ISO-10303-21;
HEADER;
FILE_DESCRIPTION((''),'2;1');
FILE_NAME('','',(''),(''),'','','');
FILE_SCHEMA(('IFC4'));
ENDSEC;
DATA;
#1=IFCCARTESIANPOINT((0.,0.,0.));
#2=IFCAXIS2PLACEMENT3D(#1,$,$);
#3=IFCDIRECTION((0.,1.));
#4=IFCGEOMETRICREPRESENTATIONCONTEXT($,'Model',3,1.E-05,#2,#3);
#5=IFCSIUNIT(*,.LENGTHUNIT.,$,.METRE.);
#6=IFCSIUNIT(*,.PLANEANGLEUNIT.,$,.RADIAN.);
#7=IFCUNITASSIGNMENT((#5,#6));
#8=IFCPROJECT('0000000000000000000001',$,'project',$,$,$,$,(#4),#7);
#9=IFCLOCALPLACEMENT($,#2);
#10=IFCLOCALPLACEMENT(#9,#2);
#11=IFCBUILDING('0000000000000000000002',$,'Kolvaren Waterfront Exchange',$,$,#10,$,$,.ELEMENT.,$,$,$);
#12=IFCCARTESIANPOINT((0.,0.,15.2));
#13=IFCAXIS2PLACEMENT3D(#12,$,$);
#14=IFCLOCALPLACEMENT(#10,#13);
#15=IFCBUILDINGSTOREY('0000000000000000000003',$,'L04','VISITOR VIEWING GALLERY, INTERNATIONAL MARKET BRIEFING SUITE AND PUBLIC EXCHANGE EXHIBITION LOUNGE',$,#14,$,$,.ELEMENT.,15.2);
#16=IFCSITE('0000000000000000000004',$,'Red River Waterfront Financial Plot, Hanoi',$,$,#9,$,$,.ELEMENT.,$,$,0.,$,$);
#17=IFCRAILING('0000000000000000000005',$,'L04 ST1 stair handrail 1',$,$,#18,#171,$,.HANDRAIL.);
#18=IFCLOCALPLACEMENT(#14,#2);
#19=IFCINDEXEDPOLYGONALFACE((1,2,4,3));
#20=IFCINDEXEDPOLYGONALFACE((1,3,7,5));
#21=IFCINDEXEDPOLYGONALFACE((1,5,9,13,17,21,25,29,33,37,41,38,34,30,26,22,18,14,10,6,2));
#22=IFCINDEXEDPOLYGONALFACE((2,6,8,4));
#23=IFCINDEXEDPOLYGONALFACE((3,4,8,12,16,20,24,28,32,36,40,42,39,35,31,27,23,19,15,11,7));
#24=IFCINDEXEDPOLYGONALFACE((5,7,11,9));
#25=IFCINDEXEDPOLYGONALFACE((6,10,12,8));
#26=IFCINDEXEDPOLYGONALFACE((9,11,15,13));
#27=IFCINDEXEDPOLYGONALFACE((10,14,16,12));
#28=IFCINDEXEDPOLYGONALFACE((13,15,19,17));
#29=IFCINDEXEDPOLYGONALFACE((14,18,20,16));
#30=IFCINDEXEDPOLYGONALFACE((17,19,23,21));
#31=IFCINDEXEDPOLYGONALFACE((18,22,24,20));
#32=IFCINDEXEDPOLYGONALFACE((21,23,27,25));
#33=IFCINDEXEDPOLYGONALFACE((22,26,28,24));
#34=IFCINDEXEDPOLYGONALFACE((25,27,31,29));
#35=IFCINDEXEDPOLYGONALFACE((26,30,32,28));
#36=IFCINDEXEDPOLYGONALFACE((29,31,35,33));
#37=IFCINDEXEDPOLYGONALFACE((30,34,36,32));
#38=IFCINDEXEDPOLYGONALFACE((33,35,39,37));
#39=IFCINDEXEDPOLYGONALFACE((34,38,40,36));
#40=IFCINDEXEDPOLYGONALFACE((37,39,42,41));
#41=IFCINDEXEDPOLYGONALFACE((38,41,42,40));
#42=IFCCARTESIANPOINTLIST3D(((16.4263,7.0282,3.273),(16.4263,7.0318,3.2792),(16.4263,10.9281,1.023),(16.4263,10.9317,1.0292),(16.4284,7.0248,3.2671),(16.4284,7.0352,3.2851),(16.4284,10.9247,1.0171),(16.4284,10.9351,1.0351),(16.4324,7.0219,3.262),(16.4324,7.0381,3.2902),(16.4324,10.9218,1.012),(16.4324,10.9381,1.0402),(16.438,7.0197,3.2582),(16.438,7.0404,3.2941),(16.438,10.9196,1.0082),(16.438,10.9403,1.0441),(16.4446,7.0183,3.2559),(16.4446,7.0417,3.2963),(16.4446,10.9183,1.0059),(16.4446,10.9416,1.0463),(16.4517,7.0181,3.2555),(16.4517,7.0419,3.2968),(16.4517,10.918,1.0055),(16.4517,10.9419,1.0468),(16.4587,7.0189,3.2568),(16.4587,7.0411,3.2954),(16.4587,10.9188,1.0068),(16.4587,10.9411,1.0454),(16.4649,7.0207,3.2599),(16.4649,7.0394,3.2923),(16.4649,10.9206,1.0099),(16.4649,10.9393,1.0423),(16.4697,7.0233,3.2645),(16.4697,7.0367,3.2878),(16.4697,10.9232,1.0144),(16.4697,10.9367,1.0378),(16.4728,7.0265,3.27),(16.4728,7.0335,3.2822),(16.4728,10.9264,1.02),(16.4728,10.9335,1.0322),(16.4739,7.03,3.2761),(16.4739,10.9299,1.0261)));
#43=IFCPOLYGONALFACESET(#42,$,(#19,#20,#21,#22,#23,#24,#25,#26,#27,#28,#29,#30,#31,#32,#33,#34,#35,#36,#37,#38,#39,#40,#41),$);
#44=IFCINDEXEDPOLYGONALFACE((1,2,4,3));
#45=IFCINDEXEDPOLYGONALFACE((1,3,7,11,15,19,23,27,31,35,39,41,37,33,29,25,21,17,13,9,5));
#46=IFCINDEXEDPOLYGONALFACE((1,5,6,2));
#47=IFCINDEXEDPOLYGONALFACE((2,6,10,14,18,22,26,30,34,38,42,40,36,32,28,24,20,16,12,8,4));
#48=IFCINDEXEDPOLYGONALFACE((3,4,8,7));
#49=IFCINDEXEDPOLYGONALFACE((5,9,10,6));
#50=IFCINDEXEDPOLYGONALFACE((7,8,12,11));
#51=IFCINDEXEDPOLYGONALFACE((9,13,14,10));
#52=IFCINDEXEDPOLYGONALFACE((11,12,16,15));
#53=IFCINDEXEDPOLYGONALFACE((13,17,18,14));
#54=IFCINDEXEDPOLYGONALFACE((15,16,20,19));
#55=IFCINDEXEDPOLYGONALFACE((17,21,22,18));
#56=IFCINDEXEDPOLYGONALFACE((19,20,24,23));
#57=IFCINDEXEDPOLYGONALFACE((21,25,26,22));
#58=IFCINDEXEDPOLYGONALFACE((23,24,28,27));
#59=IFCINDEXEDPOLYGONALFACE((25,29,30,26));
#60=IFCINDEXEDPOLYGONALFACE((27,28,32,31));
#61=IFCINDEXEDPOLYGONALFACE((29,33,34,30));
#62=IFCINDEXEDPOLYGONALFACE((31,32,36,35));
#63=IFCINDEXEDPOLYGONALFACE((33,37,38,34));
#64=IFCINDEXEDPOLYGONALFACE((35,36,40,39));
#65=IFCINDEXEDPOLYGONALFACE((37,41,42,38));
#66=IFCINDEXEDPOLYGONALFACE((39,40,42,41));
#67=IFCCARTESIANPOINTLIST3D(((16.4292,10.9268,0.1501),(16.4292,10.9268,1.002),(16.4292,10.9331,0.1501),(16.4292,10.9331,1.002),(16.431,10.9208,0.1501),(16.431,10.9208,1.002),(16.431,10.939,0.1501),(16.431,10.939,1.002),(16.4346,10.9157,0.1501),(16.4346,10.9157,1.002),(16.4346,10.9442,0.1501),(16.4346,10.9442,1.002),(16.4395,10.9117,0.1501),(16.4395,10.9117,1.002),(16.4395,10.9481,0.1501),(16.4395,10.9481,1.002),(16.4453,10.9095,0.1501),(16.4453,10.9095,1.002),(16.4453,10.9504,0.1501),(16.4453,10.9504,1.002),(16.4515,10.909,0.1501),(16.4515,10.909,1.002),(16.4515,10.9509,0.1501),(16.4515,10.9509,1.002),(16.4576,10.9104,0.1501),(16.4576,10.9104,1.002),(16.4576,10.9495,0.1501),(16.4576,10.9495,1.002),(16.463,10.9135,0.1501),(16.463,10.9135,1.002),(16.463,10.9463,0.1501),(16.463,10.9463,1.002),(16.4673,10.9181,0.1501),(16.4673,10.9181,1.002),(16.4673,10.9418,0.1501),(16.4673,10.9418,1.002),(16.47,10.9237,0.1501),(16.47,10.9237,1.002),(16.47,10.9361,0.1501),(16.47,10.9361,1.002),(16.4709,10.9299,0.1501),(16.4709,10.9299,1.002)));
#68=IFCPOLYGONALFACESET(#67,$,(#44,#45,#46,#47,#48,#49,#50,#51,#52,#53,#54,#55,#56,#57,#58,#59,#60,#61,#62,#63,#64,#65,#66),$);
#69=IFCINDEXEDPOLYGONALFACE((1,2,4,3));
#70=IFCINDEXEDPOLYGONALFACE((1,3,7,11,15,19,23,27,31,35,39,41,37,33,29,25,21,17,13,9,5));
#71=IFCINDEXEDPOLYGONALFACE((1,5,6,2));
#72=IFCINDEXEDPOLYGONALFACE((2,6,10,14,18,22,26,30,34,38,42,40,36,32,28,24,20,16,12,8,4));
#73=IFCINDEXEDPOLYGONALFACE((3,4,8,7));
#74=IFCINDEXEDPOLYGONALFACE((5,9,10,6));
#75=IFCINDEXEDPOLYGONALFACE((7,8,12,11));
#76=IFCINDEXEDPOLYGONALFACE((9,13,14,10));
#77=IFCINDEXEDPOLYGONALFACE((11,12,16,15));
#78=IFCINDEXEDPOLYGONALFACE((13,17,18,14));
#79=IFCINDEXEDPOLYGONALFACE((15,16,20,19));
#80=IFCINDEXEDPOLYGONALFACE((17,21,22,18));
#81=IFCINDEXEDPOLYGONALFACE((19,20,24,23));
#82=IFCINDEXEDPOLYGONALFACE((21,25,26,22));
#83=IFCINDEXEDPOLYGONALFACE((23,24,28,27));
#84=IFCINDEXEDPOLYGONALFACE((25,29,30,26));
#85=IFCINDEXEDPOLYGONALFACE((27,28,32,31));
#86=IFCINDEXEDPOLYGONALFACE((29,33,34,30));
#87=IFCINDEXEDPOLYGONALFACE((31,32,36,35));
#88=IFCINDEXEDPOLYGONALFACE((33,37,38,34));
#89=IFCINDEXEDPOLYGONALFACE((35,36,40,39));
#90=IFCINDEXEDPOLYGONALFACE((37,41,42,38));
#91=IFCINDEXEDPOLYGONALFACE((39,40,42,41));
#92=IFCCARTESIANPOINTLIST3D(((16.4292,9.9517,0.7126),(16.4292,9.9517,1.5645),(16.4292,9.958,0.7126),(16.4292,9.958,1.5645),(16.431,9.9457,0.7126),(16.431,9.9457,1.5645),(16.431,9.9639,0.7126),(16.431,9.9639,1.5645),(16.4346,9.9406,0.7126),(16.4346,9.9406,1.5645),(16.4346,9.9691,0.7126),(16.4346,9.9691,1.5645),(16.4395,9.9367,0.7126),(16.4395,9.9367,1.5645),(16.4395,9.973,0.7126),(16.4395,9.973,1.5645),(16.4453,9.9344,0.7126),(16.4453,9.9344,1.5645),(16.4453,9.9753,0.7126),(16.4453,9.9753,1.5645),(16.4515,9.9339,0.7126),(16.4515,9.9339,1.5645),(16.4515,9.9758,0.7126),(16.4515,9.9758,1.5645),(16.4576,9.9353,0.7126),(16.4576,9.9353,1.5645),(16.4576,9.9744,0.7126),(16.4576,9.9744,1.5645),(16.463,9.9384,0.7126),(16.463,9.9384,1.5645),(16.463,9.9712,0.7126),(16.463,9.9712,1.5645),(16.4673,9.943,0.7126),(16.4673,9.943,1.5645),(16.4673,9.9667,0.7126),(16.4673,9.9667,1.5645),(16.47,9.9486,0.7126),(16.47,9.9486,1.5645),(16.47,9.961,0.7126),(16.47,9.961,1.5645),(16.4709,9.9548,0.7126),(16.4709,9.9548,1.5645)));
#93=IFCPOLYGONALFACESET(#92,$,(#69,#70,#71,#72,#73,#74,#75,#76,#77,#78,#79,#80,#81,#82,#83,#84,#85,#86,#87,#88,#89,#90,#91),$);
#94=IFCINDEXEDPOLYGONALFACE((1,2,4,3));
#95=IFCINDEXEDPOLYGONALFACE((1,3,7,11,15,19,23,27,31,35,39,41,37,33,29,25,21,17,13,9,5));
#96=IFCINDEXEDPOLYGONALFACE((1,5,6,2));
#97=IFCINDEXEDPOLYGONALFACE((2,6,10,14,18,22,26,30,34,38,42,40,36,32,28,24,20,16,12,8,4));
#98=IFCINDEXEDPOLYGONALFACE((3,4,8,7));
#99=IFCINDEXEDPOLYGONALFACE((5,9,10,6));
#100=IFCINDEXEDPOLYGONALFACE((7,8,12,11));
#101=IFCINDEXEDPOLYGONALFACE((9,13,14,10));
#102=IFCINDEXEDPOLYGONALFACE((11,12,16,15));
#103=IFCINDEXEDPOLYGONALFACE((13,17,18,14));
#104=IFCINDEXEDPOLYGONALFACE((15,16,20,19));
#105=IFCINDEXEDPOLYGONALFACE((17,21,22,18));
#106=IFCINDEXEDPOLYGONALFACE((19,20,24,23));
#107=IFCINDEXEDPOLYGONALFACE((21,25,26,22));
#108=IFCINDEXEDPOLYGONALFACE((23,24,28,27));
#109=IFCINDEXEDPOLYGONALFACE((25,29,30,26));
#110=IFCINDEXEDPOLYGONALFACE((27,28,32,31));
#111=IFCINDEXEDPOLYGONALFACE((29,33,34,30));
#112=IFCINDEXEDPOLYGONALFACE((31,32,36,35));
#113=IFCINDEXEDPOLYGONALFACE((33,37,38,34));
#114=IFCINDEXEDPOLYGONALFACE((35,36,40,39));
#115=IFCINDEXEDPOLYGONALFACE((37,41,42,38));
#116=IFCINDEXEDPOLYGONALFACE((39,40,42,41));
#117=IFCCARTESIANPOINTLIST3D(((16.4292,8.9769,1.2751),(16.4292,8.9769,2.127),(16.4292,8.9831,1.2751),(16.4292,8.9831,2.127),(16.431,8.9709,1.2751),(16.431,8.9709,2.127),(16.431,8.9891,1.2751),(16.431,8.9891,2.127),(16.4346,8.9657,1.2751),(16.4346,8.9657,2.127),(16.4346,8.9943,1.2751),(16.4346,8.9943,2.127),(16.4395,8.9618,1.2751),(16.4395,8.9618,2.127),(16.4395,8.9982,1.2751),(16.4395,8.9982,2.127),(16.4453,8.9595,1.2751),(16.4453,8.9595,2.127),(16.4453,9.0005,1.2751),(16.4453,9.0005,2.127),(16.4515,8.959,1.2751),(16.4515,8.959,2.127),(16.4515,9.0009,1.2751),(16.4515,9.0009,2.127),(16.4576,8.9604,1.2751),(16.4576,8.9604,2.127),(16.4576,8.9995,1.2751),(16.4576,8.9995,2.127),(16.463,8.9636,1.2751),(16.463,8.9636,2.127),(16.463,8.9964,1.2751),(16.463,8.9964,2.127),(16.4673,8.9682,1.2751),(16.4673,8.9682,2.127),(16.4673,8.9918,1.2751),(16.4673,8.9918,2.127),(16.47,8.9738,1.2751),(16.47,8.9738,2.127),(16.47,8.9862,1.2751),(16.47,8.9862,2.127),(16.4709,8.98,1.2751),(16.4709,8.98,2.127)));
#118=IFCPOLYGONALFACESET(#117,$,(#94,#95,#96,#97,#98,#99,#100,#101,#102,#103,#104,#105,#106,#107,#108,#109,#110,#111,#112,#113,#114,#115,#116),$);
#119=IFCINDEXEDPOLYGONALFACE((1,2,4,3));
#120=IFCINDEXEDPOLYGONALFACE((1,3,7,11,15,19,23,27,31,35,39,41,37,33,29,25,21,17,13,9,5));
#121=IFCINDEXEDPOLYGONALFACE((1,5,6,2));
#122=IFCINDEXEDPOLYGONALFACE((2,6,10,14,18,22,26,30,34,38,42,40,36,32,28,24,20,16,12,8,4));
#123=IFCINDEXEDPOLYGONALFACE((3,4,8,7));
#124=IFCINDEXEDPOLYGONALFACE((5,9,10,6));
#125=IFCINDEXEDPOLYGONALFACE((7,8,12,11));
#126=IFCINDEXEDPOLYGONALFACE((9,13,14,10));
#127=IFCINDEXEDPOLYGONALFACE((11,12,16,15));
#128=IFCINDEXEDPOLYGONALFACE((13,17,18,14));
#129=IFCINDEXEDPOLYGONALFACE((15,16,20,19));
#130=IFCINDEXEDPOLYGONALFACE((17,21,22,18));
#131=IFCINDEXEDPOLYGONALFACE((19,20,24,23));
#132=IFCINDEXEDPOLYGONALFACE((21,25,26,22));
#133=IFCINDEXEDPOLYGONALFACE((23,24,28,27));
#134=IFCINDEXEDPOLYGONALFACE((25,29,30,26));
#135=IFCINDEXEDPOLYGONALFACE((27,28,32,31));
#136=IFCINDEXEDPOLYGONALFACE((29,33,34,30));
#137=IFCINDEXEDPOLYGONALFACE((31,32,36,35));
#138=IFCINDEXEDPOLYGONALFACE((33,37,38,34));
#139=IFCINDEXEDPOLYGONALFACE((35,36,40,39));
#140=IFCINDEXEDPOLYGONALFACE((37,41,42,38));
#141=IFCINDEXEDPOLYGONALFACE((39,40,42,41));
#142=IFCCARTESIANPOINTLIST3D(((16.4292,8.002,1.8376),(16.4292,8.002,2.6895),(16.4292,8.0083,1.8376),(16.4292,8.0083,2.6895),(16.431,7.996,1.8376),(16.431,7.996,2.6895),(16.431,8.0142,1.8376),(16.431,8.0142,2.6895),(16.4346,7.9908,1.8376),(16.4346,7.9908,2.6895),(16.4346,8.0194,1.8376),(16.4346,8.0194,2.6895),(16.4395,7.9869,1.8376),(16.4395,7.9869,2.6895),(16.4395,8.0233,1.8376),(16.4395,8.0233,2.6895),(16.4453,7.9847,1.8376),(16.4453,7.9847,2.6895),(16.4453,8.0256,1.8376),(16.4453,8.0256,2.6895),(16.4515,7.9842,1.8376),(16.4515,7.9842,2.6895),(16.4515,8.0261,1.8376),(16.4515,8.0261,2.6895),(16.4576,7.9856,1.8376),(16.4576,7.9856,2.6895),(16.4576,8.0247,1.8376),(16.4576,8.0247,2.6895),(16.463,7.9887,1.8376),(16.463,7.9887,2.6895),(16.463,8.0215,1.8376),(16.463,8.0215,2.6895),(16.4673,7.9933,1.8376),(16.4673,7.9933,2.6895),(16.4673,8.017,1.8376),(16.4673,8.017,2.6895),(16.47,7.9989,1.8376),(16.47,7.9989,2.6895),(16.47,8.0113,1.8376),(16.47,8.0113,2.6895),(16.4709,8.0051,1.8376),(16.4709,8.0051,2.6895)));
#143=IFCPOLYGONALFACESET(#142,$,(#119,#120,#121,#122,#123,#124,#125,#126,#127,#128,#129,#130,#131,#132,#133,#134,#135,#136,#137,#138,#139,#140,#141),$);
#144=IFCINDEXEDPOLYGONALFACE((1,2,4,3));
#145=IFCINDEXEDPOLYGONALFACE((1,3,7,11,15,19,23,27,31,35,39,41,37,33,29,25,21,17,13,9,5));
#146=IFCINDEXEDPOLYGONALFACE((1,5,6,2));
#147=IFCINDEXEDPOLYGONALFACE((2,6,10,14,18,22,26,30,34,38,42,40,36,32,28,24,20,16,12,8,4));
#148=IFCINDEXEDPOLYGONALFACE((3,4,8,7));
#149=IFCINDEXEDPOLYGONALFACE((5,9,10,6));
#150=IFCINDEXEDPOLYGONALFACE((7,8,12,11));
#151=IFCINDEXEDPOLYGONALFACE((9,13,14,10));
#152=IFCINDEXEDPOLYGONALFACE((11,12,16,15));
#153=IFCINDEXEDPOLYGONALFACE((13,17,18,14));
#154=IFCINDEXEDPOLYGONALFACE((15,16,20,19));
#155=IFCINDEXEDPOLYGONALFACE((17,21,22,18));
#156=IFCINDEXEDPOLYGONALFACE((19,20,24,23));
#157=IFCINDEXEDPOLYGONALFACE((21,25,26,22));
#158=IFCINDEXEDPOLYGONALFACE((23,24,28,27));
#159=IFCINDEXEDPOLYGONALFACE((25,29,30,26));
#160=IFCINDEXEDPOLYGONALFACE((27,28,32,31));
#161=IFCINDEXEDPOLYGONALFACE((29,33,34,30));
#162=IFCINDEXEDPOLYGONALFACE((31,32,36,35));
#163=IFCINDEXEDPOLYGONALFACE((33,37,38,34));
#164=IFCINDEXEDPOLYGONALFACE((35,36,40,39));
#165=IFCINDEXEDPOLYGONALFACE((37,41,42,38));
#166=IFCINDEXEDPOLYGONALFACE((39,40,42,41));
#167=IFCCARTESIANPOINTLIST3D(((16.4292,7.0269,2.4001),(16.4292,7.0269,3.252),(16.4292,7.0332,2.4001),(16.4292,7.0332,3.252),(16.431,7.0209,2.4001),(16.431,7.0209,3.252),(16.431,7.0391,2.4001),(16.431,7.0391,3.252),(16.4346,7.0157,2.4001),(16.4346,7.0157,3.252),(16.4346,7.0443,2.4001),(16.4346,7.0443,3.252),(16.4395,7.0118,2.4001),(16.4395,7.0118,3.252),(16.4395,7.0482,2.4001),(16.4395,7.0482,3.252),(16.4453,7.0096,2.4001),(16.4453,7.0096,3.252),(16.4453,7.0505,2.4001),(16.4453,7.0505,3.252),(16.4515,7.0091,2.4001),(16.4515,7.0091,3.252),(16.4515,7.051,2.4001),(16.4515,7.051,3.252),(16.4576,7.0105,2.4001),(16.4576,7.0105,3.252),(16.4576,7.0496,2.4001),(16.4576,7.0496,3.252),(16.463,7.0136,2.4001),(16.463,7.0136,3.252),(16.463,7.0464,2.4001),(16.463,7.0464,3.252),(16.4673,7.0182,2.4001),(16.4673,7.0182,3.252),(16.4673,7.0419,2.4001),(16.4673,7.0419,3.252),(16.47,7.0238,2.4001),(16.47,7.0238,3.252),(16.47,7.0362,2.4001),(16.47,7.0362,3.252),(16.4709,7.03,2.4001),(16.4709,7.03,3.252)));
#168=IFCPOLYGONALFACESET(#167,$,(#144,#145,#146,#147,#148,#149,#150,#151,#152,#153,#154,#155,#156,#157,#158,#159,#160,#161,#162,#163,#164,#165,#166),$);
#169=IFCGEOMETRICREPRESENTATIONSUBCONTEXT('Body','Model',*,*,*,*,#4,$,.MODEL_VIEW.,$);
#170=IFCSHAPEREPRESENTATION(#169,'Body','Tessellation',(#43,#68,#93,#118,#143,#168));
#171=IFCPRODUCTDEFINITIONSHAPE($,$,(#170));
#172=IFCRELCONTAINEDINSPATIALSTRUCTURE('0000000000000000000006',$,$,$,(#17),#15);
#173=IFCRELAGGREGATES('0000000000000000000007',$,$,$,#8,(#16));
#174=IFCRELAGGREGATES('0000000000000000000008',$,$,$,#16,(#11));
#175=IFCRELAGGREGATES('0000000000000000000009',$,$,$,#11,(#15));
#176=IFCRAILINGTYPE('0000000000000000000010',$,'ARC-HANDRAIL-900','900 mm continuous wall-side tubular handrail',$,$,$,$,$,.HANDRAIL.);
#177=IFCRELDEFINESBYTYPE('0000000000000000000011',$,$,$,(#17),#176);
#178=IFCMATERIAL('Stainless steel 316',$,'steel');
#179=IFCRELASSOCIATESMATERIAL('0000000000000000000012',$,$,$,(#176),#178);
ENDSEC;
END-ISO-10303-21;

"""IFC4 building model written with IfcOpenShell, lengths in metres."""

from ifc_helpers import new_model, si_unit, direction, frame, origin, origin_2d, place, context, subcontext, project, spatial, circle, extrude, material, type_object, element, save


model = new_model("IFC4")

# Units and contexts
model_context = context("Model", 3, precision=1e-05, world=origin(), true_north=direction((0.0, 1.0)))
body_context = subcontext(model_context, "Body", "Model", "MODEL_VIEW")
ifc_project = project(units=[si_unit("LENGTHUNIT", "METRE"), si_unit("PLANEANGLEUNIT", "RADIAN")], contexts=[model_context])

# Site, building, storey
site_placement = place(None, origin())
site = spatial("IfcSite", under=ifc_project, at=site_placement, Name="Red River Waterfront Financial Plot, Hanoi", CompositionType="ELEMENT", RefElevation=0.0)
building_placement = place(site_placement, origin())
building = spatial("IfcBuilding", under=site, at=building_placement, Name="Kolvaren Waterfront Exchange", CompositionType="ELEMENT")
storey_placement = place(building_placement, frame((0.0, 0.0, 15.2)))
storey = spatial("IfcBuildingStorey", under=building, at=storey_placement, Name="L04", Description="VISITOR VIEWING GALLERY, INTERNATIONAL MARKET BRIEFING SUITE AND PUBLIC EXCHANGE EXHIBITION LOUNGE", CompositionType="ELEMENT", Elevation=15.2)

# Railing
ifc_material_1 = material(Name="Stainless steel 316", Category="steel")
railing_type_1 = type_object("IfcRailingType", Name="ARC-HANDRAIL-900", Description="900 mm continuous wall-side tubular handrail", PredefinedType="HANDRAIL", material=ifc_material_1)
railing_1_placement = place(storey_placement, frame((16.45, 10.9299, 0.1501)))
element("IfcRailing", 1, at=railing_1_placement, inside=storey, type_object=railing_type_1, Name="L04 ST1 stair handrail 1", PredefinedType="HANDRAIL", context=body_context, shape_type="SweptSolid", body=[
    extrude(circle(Radius=0.0239, at=origin_2d()), frame((0.0, 0.0, 0.876), z_axis=(0.0, -0.86618, 0.499732), x_axis=(1.0, 0.0, 0.0)), (0.0, 0.0, 1.0), 4.5024),
    extrude(circle(Radius=0.021, at=origin_2d()), origin(), (0.0, 0.0, 1.0), 0.8518),
    extrude(circle(Radius=0.021, at=origin_2d()), frame((0.0, -0.9751, 0.5625)), (0.0, 0.0, 1.0), 0.8518),
    extrude(circle(Radius=0.021, at=origin_2d()), frame((0.0, -1.95, 1.125)), (0.0, 0.0, 1.0), 0.8518),
    extrude(circle(Radius=0.021, at=origin_2d()), frame((0.0, -2.9248, 1.6875)), (0.0, 0.0, 1.0), 0.8518),
    extrude(circle(Radius=0.021, at=origin_2d()), frame((0.0, -3.8999, 2.25)), (0.0, 0.0, 1.0), 0.8518),
])

save(model, "model.ifc")
